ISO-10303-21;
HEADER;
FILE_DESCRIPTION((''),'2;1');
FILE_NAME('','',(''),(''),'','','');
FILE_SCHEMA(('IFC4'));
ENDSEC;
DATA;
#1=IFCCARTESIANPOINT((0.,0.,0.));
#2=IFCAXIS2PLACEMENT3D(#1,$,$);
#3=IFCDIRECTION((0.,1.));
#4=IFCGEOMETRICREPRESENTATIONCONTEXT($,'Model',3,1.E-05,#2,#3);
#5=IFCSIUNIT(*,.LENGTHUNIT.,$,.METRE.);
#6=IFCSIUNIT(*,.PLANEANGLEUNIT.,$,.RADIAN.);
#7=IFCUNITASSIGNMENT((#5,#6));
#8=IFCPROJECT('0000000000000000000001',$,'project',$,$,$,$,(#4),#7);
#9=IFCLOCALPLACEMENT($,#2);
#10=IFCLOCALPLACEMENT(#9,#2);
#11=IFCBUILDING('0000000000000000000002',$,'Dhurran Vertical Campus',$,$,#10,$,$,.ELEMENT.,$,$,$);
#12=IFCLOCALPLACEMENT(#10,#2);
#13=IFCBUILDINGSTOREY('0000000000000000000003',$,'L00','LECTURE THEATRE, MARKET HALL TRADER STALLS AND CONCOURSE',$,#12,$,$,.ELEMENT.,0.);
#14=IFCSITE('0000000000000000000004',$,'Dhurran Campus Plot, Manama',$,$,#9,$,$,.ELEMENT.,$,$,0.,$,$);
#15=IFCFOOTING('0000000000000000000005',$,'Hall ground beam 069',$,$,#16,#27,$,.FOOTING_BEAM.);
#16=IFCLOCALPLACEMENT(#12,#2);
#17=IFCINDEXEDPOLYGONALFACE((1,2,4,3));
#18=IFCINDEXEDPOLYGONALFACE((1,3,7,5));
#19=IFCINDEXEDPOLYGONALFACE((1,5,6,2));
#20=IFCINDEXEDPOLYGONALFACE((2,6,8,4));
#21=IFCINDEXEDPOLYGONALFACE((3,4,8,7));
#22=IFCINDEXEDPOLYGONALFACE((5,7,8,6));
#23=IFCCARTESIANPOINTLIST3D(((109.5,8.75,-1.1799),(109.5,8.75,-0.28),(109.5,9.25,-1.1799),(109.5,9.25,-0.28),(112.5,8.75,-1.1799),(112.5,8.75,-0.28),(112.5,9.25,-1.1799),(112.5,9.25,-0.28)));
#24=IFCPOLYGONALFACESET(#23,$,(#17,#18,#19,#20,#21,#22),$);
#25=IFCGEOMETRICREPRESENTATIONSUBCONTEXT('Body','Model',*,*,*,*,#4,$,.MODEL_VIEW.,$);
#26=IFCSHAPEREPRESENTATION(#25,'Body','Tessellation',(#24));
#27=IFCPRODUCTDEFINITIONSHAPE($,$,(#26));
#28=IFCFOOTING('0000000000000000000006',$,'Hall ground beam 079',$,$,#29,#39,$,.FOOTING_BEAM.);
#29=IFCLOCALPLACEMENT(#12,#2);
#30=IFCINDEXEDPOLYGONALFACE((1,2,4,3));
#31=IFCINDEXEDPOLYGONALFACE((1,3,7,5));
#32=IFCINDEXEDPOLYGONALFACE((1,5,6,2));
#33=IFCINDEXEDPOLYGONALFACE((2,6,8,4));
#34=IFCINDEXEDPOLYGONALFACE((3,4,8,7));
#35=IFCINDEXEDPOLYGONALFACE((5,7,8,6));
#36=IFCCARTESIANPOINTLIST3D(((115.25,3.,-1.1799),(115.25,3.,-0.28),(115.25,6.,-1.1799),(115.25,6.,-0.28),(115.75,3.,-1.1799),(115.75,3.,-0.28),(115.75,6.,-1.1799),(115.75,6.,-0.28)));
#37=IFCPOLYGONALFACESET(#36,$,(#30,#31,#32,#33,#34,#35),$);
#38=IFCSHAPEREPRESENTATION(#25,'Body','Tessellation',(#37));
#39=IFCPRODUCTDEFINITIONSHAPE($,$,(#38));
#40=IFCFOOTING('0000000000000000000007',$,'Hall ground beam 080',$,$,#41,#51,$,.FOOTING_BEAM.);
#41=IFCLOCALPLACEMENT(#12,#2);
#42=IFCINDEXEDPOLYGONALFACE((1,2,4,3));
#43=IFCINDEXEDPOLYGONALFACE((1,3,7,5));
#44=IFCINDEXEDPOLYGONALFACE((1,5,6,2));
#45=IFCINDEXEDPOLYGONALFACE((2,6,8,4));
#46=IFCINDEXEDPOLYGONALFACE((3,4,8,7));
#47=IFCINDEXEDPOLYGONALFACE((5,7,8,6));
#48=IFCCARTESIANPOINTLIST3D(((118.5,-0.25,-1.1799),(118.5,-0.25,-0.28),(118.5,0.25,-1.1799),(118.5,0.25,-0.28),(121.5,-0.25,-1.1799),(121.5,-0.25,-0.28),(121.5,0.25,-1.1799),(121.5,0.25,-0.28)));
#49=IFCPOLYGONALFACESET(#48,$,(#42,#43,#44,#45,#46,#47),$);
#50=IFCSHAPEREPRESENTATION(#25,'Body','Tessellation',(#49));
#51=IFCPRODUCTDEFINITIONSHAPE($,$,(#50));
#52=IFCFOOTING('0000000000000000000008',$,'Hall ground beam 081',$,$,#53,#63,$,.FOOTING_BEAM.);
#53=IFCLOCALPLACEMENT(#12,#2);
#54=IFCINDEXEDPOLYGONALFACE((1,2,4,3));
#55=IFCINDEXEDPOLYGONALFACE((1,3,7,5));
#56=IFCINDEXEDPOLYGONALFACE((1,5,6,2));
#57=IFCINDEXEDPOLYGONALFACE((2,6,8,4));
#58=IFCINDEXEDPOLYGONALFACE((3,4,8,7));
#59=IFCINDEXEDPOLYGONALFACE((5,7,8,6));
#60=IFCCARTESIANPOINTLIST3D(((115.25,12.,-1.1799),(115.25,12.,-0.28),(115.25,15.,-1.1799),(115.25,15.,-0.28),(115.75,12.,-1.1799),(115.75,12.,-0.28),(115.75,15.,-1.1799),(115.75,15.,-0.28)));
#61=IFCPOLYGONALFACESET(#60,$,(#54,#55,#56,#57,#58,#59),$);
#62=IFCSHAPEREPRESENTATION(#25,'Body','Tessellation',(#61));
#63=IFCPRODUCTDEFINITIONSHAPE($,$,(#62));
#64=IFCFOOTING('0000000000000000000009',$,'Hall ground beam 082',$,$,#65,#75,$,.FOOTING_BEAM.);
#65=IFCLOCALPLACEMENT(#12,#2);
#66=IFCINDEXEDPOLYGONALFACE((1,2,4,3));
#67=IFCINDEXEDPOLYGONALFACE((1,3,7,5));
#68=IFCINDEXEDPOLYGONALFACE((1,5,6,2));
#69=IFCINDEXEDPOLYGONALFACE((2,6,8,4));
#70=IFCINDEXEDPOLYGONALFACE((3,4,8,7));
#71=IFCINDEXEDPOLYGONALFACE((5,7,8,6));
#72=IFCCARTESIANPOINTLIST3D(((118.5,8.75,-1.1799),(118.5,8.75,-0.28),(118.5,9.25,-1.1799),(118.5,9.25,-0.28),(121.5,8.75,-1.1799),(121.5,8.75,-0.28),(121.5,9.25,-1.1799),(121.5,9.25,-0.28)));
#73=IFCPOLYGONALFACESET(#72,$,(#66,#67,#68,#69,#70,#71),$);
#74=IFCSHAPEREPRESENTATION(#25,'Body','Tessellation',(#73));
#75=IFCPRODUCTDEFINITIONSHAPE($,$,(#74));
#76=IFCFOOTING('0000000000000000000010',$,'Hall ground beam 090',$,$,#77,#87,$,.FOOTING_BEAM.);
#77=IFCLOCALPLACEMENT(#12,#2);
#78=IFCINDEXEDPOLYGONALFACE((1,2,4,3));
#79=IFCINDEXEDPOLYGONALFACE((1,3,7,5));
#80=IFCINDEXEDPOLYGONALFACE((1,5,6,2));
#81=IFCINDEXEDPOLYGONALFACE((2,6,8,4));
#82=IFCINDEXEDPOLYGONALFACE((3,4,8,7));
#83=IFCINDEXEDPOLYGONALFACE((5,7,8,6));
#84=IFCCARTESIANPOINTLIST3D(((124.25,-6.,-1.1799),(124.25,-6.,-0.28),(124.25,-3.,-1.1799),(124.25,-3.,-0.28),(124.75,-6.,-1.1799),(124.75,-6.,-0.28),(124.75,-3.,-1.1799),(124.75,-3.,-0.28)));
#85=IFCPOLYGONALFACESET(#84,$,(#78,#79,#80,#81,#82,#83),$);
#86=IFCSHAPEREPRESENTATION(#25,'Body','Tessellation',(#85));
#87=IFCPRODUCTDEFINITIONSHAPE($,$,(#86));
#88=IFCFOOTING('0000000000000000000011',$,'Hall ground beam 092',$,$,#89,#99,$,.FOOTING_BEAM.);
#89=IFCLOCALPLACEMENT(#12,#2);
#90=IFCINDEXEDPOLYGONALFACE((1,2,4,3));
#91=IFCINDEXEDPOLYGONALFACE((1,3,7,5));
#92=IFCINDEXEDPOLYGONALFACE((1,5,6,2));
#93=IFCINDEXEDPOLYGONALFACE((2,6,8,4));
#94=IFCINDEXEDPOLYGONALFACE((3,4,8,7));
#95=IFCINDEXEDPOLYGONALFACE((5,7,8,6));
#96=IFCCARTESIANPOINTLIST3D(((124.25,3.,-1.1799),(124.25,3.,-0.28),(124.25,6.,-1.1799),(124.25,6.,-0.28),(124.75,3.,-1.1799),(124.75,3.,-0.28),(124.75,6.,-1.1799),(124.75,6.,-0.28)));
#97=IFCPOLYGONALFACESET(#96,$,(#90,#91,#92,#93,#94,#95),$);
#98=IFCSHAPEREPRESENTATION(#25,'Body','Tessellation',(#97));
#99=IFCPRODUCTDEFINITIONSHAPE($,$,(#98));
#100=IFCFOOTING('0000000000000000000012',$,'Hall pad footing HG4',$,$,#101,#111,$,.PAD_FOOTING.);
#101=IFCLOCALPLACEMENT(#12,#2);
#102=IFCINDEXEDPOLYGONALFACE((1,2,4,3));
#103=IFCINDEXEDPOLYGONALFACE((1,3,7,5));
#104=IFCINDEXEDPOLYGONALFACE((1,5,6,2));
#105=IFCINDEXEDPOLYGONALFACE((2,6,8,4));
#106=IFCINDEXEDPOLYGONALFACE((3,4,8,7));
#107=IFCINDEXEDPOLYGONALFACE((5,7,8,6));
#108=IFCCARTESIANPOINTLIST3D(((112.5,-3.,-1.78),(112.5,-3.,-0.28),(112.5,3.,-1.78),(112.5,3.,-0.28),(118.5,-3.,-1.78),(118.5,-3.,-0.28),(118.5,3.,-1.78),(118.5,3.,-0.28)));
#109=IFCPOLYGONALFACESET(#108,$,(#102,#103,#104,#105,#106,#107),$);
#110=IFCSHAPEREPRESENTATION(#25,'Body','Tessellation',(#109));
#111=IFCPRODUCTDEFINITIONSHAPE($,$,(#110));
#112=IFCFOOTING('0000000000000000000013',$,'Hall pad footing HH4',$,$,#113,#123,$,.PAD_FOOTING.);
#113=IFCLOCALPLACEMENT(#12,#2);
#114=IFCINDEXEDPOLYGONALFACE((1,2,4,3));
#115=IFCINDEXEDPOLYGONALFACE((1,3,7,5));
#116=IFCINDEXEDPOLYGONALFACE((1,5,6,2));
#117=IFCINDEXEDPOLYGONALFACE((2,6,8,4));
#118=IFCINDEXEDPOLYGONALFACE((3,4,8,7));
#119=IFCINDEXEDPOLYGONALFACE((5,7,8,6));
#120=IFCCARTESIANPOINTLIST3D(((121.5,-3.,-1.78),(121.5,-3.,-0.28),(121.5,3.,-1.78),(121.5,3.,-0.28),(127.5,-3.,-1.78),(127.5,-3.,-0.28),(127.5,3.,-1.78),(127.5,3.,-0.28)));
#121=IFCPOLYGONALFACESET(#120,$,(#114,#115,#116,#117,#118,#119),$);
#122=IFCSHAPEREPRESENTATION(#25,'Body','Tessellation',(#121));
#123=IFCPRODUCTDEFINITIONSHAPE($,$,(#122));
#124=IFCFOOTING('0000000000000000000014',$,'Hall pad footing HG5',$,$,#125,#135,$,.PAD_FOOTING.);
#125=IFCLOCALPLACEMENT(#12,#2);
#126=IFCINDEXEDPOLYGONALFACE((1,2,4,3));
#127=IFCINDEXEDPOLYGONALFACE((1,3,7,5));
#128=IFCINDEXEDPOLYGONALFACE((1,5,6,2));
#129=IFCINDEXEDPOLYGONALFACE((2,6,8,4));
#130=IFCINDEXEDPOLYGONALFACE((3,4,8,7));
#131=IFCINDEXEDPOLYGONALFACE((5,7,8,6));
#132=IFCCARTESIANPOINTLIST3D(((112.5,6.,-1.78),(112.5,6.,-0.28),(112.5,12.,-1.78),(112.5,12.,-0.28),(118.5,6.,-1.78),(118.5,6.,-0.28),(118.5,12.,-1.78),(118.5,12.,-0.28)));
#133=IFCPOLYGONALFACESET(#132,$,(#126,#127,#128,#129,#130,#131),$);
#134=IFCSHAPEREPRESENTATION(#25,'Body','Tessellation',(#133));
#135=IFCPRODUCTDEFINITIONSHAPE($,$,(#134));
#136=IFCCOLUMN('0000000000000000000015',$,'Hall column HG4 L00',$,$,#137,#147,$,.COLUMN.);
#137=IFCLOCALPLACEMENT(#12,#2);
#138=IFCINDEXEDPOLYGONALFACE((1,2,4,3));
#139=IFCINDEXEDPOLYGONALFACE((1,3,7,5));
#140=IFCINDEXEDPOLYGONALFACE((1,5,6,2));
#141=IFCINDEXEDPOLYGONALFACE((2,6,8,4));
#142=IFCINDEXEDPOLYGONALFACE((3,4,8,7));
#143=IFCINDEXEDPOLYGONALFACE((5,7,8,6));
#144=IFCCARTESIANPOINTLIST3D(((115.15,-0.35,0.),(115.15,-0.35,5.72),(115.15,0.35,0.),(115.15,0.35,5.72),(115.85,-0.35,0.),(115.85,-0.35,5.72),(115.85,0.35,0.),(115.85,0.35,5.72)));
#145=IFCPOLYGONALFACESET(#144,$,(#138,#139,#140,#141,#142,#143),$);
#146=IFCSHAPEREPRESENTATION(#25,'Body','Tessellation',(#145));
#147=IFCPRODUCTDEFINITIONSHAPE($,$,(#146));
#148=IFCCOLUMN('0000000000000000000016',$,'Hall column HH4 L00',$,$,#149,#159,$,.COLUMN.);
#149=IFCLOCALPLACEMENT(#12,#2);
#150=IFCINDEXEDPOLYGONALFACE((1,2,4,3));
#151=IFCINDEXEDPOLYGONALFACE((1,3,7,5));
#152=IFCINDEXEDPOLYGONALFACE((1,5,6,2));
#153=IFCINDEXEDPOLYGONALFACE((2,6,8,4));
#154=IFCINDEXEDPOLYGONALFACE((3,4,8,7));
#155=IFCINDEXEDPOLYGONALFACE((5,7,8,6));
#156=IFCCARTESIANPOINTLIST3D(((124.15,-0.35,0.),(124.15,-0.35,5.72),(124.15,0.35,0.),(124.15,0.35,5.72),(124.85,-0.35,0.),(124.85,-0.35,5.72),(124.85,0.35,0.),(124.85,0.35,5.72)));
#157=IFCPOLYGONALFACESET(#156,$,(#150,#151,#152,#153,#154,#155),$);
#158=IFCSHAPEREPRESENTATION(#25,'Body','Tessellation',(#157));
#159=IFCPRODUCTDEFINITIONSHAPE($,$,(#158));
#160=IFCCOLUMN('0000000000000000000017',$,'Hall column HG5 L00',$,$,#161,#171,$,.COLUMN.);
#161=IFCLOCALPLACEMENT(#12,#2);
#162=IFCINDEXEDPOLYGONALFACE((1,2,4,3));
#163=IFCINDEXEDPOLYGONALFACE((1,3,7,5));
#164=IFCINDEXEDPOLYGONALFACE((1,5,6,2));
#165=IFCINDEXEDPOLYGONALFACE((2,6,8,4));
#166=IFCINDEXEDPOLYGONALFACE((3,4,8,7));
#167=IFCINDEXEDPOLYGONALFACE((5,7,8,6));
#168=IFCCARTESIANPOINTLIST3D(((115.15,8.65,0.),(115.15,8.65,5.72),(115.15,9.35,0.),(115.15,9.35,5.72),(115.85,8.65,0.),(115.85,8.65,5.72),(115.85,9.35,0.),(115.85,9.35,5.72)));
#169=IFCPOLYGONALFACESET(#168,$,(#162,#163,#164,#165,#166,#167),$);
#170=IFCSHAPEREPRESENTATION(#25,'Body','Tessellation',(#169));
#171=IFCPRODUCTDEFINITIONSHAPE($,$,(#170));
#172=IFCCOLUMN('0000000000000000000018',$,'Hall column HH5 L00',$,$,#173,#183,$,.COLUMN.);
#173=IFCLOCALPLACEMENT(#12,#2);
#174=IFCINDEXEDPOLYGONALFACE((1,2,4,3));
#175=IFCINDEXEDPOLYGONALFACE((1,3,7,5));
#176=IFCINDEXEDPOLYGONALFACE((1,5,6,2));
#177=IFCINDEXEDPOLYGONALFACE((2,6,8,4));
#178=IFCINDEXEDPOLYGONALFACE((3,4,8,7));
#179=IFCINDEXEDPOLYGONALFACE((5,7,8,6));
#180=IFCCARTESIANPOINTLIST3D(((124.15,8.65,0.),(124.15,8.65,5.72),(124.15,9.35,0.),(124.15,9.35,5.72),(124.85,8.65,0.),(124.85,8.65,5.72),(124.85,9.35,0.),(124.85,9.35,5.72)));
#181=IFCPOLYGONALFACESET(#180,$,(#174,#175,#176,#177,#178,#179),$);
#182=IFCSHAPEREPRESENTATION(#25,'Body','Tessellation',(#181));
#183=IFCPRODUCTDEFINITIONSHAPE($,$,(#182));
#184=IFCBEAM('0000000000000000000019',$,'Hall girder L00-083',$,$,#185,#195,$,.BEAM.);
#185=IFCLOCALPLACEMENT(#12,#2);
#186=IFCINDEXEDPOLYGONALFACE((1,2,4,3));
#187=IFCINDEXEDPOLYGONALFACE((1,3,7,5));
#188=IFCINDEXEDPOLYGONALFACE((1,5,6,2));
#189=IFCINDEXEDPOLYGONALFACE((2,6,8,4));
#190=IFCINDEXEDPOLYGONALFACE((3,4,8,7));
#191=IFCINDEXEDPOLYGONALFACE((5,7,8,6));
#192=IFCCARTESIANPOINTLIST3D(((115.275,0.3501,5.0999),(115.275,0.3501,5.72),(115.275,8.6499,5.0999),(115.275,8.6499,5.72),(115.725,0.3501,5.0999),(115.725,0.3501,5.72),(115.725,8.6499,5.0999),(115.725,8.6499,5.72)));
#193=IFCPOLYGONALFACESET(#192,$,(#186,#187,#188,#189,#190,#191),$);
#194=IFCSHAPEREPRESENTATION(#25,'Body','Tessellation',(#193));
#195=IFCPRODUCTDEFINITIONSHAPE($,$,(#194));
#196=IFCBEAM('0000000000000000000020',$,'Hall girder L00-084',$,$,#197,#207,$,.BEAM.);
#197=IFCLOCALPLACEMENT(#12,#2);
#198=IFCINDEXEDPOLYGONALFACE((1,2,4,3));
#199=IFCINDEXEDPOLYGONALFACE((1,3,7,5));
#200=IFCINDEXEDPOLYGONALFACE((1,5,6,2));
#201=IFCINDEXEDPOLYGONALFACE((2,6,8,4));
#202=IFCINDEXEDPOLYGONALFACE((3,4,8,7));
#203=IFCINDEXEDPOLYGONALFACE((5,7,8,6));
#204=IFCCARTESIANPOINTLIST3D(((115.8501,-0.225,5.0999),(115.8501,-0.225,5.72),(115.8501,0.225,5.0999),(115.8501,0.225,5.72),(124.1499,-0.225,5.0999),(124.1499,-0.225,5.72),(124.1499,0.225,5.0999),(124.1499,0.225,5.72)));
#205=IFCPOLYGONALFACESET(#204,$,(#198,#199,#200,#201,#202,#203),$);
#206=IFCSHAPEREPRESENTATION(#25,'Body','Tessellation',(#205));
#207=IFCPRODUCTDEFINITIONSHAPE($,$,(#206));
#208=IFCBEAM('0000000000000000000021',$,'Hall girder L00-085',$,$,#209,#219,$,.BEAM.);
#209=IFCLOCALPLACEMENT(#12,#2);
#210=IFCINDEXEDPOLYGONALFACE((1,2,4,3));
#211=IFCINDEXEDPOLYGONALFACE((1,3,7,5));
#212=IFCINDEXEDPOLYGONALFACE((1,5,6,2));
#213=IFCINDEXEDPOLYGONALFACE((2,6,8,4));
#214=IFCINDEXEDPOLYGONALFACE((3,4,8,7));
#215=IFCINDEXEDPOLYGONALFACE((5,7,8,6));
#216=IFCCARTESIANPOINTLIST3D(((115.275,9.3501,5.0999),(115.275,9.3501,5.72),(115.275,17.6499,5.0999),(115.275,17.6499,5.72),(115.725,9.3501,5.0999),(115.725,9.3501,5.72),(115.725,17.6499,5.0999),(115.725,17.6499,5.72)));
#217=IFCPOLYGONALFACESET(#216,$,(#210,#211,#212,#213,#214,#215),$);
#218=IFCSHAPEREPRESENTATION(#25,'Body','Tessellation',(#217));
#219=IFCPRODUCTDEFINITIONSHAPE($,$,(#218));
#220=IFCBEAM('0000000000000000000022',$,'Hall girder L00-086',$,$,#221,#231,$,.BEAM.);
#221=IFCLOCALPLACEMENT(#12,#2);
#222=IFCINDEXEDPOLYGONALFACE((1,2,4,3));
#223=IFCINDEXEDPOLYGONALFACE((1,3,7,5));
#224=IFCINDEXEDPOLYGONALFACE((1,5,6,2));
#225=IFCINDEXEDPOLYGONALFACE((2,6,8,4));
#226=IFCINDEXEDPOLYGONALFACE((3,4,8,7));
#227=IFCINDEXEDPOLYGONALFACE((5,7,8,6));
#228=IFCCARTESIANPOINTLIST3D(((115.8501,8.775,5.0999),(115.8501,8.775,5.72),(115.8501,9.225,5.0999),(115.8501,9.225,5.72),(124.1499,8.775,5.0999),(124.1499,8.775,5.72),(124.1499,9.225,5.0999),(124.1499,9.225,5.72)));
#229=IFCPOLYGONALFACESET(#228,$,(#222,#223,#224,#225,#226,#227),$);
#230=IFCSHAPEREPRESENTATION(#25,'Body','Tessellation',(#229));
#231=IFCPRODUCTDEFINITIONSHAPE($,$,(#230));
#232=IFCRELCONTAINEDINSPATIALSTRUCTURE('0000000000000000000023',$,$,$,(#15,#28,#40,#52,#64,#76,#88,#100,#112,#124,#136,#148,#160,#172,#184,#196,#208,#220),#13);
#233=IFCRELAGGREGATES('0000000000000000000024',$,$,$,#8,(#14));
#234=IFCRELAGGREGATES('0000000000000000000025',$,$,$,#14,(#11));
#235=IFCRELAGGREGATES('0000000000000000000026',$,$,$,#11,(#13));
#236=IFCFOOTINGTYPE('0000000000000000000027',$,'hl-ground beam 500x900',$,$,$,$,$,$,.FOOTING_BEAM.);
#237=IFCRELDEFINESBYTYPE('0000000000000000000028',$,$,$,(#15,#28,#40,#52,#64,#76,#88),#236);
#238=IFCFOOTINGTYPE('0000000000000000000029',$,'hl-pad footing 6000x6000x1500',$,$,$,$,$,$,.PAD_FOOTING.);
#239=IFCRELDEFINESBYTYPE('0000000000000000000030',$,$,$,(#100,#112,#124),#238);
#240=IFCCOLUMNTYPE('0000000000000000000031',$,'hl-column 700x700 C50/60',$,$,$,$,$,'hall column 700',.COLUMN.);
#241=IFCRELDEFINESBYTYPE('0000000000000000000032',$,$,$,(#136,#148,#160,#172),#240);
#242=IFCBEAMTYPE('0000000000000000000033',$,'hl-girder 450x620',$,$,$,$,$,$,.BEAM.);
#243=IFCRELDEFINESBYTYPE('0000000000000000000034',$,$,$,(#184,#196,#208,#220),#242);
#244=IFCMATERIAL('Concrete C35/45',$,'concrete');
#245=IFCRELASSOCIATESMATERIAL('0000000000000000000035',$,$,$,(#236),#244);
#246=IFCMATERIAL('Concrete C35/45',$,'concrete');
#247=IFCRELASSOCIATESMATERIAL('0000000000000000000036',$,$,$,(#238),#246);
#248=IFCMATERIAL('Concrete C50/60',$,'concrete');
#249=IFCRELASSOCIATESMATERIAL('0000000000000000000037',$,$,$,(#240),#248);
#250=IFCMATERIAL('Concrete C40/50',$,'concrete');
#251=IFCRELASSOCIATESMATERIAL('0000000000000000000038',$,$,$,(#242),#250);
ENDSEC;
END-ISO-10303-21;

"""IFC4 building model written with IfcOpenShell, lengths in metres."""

from ifc_helpers import new_model, si_unit, direction, frame, origin, origin_2d, place, context, subcontext, project, spatial, rectangle, extrude, material, material_profile, profile_set, type_object, element, save


model = new_model("IFC4")

# Units and contexts
model_context = context("Model", 3, precision=1e-05, world=origin(), true_north=direction((0.0, 1.0)))
body_context = subcontext(model_context, "Body", "Model", "MODEL_VIEW")
ifc_project = project(units=[si_unit("LENGTHUNIT", "METRE"), si_unit("PLANEANGLEUNIT", "RADIAN")], contexts=[model_context])

# Site, building, storey
site_placement = place(None, origin())
site = spatial("IfcSite", under=ifc_project, at=site_placement, Name="Dhurran Campus Plot, Manama", CompositionType="ELEMENT", RefElevation=0.0)
building_placement = place(site_placement, origin())
building = spatial("IfcBuilding", under=site, at=building_placement, Name="Dhurran Vertical Campus", CompositionType="ELEMENT")
storey_placement = place(building_placement, origin())
storey = spatial("IfcBuildingStorey", under=building, at=storey_placement, Name="L00", Description="LECTURE THEATRE, MARKET HALL TRADER STALLS AND CONCOURSE", CompositionType="ELEMENT", Elevation=0.0)

# Footings
ifc_material_1 = material(Name="Concrete C35/45", Category="concrete")
ifc_material_profile_1 = material_profile(ifc_material_1, rectangle(XDim=0.5, YDim=0.8999, at=origin_2d()), Name="hl-ground beam 500x900")
ifc_profile_set_1 = profile_set([ifc_material_profile_1], Name="Concrete C35/45")
footing_type_1 = type_object("IfcFootingType", Name="hl-ground beam 500x900", PredefinedType="FOOTING_BEAM", material=ifc_profile_set_1)
for number, where, z_axis, x_axis, name in (
    (1, (109.5, 9.0, -0.73), (1.0, 0.0, 0.0), (0.0, 1.0, 0.0), "Hall ground beam 069"),
    (2, (115.5, 3.0, -0.73), (0.0, 1.0, 0.0), (-1.0, 0.0, 0.0), "Hall ground beam 079"),
    (3, (118.5, 0.0, -0.73), (1.0, 0.0, 0.0), (0.0, 1.0, 0.0), "Hall ground beam 080"),
    (4, (115.5, 12.0, -0.73), (0.0, 1.0, 0.0), (-1.0, 0.0, 0.0), "Hall ground beam 081"),
    (5, (118.5, 9.0, -0.73), (1.0, 0.0, 0.0), (0.0, 1.0, 0.0), "Hall ground beam 082"),
    (6, (124.5, -6.0, -0.73), (0.0, 1.0, 0.0), (-1.0, 0.0, 0.0), "Hall ground beam 090"),
    (7, (124.5, 3.0, -0.73), (0.0, 1.0, 0.0), (-1.0, 0.0, 0.0), "Hall ground beam 092"),
):
    element("IfcFooting", number, at=place(storey_placement, frame(where, z_axis=z_axis, x_axis=x_axis)), inside=storey, type_object=footing_type_1, Name=name, PredefinedType="FOOTING_BEAM", context=body_context, shape_type="SweptSolid", body=[
        extrude(rectangle(XDim=0.5, YDim=0.8999, at=origin_2d()), origin(), (0.0, 0.0, 1.0), 3.0),
    ])
ifc_material_2 = material(Name="Concrete C35/45", Category="concrete")
footing_type_2 = type_object("IfcFootingType", Name="hl-pad footing 6000x6000x1500", PredefinedType="PAD_FOOTING", material=ifc_material_2)
for number, where, z_axis, x_axis, name in (
    (8, (115.5, 0.0, -1.78), (0.0, 0.0, 1.0), (1.0, 0.0, 0.0), "Hall pad footing HG4"),
    (9, (124.5, 0.0, -1.78), (0.0, 0.0, 1.0), (1.0, 0.0, 0.0), "Hall pad footing HH4"),
    (10, (115.5, 9.0, -1.78), (0.0, 0.0, 1.0), (1.0, 0.0, 0.0), "Hall pad footing HG5"),
):
    element("IfcFooting", number, at=place(storey_placement, frame(where, z_axis=z_axis, x_axis=x_axis)), inside=storey, type_object=footing_type_2, Name=name, PredefinedType="PAD_FOOTING", context=body_context, shape_type="SweptSolid", body=[
        extrude(rectangle(XDim=6.0, YDim=6.0, at=origin_2d()), origin(), (0.0, 0.0, 1.0), 1.5),
    ])

# Columns
ifc_material_3 = material(Name="Concrete C50/60", Category="concrete")
ifc_material_profile_2 = material_profile(ifc_material_3, rectangle(XDim=0.7, YDim=0.7, at=origin_2d()), Name="hl-column 700x700 C50/60")
ifc_profile_set_2 = profile_set([ifc_material_profile_2], Name="Concrete C50/60")
column_type = type_object("IfcColumnType", Name="hl-column 700x700 C50/60", ElementType="hall column 700", PredefinedType="COLUMN", material=ifc_profile_set_2)
for number, where, z_axis, x_axis, name in (
    (11, (115.5, 0.0, 0.0), (0.0, 0.0, 1.0), (1.0, 0.0, 0.0), "Hall column HG4 L00"),
    (12, (124.5, 0.0, 0.0), (0.0, 0.0, 1.0), (1.0, 0.0, 0.0), "Hall column HH4 L00"),
    (13, (115.5, 9.0, 0.0), (0.0, 0.0, 1.0), (1.0, 0.0, 0.0), "Hall column HG5 L00"),
    (14, (124.5, 9.0, 0.0), (0.0, 0.0, 1.0), (1.0, 0.0, 0.0), "Hall column HH5 L00"),
):
    element("IfcColumn", number, at=place(storey_placement, frame(where, z_axis=z_axis, x_axis=x_axis)), inside=storey, type_object=column_type, Name=name, PredefinedType="COLUMN", context=body_context, shape_type="SweptSolid", body=[
        extrude(rectangle(XDim=0.7, YDim=0.7, at=origin_2d()), origin(), (0.0, 0.0, 1.0), 5.72),
    ])

# Beams
ifc_material_4 = material(Name="Concrete C40/50", Category="concrete")
ifc_material_profile_3 = material_profile(ifc_material_4, rectangle(XDim=0.45, YDim=0.6201, at=origin_2d()), Name="hl-girder 450x620")
ifc_profile_set_3 = profile_set([ifc_material_profile_3], Name="Concrete C40/50")
beam_type = type_object("IfcBeamType", Name="hl-girder 450x620", PredefinedType="BEAM", material=ifc_profile_set_3)
for number, where, z_axis, x_axis, name in (
    (15, (115.5, 0.3501, 5.4099), (0.0, 1.0, 0.0), (-1.0, 0.0, 0.0), "Hall girder L00-083"),
    (16, (115.8501, 0.0, 5.4099), (1.0, 0.0, 0.0), (0.0, 1.0, 0.0), "Hall girder L00-084"),
    (17, (115.5, 9.3501, 5.4099), (0.0, 1.0, 0.0), (-1.0, 0.0, 0.0), "Hall girder L00-085"),
    (18, (115.8501, 9.0, 5.4099), (1.0, 0.0, 0.0), (0.0, 1.0, 0.0), "Hall girder L00-086"),
):
    element("IfcBeam", number, at=place(storey_placement, frame(where, z_axis=z_axis, x_axis=x_axis)), inside=storey, type_object=beam_type, Name=name, PredefinedType="BEAM", context=body_context, shape_type="SweptSolid", body=[
        extrude(rectangle(XDim=0.45, YDim=0.6201, at=origin_2d()), origin(), (0.0, 0.0, 1.0), 8.2998),
    ])

save(model, "model.ifc")
